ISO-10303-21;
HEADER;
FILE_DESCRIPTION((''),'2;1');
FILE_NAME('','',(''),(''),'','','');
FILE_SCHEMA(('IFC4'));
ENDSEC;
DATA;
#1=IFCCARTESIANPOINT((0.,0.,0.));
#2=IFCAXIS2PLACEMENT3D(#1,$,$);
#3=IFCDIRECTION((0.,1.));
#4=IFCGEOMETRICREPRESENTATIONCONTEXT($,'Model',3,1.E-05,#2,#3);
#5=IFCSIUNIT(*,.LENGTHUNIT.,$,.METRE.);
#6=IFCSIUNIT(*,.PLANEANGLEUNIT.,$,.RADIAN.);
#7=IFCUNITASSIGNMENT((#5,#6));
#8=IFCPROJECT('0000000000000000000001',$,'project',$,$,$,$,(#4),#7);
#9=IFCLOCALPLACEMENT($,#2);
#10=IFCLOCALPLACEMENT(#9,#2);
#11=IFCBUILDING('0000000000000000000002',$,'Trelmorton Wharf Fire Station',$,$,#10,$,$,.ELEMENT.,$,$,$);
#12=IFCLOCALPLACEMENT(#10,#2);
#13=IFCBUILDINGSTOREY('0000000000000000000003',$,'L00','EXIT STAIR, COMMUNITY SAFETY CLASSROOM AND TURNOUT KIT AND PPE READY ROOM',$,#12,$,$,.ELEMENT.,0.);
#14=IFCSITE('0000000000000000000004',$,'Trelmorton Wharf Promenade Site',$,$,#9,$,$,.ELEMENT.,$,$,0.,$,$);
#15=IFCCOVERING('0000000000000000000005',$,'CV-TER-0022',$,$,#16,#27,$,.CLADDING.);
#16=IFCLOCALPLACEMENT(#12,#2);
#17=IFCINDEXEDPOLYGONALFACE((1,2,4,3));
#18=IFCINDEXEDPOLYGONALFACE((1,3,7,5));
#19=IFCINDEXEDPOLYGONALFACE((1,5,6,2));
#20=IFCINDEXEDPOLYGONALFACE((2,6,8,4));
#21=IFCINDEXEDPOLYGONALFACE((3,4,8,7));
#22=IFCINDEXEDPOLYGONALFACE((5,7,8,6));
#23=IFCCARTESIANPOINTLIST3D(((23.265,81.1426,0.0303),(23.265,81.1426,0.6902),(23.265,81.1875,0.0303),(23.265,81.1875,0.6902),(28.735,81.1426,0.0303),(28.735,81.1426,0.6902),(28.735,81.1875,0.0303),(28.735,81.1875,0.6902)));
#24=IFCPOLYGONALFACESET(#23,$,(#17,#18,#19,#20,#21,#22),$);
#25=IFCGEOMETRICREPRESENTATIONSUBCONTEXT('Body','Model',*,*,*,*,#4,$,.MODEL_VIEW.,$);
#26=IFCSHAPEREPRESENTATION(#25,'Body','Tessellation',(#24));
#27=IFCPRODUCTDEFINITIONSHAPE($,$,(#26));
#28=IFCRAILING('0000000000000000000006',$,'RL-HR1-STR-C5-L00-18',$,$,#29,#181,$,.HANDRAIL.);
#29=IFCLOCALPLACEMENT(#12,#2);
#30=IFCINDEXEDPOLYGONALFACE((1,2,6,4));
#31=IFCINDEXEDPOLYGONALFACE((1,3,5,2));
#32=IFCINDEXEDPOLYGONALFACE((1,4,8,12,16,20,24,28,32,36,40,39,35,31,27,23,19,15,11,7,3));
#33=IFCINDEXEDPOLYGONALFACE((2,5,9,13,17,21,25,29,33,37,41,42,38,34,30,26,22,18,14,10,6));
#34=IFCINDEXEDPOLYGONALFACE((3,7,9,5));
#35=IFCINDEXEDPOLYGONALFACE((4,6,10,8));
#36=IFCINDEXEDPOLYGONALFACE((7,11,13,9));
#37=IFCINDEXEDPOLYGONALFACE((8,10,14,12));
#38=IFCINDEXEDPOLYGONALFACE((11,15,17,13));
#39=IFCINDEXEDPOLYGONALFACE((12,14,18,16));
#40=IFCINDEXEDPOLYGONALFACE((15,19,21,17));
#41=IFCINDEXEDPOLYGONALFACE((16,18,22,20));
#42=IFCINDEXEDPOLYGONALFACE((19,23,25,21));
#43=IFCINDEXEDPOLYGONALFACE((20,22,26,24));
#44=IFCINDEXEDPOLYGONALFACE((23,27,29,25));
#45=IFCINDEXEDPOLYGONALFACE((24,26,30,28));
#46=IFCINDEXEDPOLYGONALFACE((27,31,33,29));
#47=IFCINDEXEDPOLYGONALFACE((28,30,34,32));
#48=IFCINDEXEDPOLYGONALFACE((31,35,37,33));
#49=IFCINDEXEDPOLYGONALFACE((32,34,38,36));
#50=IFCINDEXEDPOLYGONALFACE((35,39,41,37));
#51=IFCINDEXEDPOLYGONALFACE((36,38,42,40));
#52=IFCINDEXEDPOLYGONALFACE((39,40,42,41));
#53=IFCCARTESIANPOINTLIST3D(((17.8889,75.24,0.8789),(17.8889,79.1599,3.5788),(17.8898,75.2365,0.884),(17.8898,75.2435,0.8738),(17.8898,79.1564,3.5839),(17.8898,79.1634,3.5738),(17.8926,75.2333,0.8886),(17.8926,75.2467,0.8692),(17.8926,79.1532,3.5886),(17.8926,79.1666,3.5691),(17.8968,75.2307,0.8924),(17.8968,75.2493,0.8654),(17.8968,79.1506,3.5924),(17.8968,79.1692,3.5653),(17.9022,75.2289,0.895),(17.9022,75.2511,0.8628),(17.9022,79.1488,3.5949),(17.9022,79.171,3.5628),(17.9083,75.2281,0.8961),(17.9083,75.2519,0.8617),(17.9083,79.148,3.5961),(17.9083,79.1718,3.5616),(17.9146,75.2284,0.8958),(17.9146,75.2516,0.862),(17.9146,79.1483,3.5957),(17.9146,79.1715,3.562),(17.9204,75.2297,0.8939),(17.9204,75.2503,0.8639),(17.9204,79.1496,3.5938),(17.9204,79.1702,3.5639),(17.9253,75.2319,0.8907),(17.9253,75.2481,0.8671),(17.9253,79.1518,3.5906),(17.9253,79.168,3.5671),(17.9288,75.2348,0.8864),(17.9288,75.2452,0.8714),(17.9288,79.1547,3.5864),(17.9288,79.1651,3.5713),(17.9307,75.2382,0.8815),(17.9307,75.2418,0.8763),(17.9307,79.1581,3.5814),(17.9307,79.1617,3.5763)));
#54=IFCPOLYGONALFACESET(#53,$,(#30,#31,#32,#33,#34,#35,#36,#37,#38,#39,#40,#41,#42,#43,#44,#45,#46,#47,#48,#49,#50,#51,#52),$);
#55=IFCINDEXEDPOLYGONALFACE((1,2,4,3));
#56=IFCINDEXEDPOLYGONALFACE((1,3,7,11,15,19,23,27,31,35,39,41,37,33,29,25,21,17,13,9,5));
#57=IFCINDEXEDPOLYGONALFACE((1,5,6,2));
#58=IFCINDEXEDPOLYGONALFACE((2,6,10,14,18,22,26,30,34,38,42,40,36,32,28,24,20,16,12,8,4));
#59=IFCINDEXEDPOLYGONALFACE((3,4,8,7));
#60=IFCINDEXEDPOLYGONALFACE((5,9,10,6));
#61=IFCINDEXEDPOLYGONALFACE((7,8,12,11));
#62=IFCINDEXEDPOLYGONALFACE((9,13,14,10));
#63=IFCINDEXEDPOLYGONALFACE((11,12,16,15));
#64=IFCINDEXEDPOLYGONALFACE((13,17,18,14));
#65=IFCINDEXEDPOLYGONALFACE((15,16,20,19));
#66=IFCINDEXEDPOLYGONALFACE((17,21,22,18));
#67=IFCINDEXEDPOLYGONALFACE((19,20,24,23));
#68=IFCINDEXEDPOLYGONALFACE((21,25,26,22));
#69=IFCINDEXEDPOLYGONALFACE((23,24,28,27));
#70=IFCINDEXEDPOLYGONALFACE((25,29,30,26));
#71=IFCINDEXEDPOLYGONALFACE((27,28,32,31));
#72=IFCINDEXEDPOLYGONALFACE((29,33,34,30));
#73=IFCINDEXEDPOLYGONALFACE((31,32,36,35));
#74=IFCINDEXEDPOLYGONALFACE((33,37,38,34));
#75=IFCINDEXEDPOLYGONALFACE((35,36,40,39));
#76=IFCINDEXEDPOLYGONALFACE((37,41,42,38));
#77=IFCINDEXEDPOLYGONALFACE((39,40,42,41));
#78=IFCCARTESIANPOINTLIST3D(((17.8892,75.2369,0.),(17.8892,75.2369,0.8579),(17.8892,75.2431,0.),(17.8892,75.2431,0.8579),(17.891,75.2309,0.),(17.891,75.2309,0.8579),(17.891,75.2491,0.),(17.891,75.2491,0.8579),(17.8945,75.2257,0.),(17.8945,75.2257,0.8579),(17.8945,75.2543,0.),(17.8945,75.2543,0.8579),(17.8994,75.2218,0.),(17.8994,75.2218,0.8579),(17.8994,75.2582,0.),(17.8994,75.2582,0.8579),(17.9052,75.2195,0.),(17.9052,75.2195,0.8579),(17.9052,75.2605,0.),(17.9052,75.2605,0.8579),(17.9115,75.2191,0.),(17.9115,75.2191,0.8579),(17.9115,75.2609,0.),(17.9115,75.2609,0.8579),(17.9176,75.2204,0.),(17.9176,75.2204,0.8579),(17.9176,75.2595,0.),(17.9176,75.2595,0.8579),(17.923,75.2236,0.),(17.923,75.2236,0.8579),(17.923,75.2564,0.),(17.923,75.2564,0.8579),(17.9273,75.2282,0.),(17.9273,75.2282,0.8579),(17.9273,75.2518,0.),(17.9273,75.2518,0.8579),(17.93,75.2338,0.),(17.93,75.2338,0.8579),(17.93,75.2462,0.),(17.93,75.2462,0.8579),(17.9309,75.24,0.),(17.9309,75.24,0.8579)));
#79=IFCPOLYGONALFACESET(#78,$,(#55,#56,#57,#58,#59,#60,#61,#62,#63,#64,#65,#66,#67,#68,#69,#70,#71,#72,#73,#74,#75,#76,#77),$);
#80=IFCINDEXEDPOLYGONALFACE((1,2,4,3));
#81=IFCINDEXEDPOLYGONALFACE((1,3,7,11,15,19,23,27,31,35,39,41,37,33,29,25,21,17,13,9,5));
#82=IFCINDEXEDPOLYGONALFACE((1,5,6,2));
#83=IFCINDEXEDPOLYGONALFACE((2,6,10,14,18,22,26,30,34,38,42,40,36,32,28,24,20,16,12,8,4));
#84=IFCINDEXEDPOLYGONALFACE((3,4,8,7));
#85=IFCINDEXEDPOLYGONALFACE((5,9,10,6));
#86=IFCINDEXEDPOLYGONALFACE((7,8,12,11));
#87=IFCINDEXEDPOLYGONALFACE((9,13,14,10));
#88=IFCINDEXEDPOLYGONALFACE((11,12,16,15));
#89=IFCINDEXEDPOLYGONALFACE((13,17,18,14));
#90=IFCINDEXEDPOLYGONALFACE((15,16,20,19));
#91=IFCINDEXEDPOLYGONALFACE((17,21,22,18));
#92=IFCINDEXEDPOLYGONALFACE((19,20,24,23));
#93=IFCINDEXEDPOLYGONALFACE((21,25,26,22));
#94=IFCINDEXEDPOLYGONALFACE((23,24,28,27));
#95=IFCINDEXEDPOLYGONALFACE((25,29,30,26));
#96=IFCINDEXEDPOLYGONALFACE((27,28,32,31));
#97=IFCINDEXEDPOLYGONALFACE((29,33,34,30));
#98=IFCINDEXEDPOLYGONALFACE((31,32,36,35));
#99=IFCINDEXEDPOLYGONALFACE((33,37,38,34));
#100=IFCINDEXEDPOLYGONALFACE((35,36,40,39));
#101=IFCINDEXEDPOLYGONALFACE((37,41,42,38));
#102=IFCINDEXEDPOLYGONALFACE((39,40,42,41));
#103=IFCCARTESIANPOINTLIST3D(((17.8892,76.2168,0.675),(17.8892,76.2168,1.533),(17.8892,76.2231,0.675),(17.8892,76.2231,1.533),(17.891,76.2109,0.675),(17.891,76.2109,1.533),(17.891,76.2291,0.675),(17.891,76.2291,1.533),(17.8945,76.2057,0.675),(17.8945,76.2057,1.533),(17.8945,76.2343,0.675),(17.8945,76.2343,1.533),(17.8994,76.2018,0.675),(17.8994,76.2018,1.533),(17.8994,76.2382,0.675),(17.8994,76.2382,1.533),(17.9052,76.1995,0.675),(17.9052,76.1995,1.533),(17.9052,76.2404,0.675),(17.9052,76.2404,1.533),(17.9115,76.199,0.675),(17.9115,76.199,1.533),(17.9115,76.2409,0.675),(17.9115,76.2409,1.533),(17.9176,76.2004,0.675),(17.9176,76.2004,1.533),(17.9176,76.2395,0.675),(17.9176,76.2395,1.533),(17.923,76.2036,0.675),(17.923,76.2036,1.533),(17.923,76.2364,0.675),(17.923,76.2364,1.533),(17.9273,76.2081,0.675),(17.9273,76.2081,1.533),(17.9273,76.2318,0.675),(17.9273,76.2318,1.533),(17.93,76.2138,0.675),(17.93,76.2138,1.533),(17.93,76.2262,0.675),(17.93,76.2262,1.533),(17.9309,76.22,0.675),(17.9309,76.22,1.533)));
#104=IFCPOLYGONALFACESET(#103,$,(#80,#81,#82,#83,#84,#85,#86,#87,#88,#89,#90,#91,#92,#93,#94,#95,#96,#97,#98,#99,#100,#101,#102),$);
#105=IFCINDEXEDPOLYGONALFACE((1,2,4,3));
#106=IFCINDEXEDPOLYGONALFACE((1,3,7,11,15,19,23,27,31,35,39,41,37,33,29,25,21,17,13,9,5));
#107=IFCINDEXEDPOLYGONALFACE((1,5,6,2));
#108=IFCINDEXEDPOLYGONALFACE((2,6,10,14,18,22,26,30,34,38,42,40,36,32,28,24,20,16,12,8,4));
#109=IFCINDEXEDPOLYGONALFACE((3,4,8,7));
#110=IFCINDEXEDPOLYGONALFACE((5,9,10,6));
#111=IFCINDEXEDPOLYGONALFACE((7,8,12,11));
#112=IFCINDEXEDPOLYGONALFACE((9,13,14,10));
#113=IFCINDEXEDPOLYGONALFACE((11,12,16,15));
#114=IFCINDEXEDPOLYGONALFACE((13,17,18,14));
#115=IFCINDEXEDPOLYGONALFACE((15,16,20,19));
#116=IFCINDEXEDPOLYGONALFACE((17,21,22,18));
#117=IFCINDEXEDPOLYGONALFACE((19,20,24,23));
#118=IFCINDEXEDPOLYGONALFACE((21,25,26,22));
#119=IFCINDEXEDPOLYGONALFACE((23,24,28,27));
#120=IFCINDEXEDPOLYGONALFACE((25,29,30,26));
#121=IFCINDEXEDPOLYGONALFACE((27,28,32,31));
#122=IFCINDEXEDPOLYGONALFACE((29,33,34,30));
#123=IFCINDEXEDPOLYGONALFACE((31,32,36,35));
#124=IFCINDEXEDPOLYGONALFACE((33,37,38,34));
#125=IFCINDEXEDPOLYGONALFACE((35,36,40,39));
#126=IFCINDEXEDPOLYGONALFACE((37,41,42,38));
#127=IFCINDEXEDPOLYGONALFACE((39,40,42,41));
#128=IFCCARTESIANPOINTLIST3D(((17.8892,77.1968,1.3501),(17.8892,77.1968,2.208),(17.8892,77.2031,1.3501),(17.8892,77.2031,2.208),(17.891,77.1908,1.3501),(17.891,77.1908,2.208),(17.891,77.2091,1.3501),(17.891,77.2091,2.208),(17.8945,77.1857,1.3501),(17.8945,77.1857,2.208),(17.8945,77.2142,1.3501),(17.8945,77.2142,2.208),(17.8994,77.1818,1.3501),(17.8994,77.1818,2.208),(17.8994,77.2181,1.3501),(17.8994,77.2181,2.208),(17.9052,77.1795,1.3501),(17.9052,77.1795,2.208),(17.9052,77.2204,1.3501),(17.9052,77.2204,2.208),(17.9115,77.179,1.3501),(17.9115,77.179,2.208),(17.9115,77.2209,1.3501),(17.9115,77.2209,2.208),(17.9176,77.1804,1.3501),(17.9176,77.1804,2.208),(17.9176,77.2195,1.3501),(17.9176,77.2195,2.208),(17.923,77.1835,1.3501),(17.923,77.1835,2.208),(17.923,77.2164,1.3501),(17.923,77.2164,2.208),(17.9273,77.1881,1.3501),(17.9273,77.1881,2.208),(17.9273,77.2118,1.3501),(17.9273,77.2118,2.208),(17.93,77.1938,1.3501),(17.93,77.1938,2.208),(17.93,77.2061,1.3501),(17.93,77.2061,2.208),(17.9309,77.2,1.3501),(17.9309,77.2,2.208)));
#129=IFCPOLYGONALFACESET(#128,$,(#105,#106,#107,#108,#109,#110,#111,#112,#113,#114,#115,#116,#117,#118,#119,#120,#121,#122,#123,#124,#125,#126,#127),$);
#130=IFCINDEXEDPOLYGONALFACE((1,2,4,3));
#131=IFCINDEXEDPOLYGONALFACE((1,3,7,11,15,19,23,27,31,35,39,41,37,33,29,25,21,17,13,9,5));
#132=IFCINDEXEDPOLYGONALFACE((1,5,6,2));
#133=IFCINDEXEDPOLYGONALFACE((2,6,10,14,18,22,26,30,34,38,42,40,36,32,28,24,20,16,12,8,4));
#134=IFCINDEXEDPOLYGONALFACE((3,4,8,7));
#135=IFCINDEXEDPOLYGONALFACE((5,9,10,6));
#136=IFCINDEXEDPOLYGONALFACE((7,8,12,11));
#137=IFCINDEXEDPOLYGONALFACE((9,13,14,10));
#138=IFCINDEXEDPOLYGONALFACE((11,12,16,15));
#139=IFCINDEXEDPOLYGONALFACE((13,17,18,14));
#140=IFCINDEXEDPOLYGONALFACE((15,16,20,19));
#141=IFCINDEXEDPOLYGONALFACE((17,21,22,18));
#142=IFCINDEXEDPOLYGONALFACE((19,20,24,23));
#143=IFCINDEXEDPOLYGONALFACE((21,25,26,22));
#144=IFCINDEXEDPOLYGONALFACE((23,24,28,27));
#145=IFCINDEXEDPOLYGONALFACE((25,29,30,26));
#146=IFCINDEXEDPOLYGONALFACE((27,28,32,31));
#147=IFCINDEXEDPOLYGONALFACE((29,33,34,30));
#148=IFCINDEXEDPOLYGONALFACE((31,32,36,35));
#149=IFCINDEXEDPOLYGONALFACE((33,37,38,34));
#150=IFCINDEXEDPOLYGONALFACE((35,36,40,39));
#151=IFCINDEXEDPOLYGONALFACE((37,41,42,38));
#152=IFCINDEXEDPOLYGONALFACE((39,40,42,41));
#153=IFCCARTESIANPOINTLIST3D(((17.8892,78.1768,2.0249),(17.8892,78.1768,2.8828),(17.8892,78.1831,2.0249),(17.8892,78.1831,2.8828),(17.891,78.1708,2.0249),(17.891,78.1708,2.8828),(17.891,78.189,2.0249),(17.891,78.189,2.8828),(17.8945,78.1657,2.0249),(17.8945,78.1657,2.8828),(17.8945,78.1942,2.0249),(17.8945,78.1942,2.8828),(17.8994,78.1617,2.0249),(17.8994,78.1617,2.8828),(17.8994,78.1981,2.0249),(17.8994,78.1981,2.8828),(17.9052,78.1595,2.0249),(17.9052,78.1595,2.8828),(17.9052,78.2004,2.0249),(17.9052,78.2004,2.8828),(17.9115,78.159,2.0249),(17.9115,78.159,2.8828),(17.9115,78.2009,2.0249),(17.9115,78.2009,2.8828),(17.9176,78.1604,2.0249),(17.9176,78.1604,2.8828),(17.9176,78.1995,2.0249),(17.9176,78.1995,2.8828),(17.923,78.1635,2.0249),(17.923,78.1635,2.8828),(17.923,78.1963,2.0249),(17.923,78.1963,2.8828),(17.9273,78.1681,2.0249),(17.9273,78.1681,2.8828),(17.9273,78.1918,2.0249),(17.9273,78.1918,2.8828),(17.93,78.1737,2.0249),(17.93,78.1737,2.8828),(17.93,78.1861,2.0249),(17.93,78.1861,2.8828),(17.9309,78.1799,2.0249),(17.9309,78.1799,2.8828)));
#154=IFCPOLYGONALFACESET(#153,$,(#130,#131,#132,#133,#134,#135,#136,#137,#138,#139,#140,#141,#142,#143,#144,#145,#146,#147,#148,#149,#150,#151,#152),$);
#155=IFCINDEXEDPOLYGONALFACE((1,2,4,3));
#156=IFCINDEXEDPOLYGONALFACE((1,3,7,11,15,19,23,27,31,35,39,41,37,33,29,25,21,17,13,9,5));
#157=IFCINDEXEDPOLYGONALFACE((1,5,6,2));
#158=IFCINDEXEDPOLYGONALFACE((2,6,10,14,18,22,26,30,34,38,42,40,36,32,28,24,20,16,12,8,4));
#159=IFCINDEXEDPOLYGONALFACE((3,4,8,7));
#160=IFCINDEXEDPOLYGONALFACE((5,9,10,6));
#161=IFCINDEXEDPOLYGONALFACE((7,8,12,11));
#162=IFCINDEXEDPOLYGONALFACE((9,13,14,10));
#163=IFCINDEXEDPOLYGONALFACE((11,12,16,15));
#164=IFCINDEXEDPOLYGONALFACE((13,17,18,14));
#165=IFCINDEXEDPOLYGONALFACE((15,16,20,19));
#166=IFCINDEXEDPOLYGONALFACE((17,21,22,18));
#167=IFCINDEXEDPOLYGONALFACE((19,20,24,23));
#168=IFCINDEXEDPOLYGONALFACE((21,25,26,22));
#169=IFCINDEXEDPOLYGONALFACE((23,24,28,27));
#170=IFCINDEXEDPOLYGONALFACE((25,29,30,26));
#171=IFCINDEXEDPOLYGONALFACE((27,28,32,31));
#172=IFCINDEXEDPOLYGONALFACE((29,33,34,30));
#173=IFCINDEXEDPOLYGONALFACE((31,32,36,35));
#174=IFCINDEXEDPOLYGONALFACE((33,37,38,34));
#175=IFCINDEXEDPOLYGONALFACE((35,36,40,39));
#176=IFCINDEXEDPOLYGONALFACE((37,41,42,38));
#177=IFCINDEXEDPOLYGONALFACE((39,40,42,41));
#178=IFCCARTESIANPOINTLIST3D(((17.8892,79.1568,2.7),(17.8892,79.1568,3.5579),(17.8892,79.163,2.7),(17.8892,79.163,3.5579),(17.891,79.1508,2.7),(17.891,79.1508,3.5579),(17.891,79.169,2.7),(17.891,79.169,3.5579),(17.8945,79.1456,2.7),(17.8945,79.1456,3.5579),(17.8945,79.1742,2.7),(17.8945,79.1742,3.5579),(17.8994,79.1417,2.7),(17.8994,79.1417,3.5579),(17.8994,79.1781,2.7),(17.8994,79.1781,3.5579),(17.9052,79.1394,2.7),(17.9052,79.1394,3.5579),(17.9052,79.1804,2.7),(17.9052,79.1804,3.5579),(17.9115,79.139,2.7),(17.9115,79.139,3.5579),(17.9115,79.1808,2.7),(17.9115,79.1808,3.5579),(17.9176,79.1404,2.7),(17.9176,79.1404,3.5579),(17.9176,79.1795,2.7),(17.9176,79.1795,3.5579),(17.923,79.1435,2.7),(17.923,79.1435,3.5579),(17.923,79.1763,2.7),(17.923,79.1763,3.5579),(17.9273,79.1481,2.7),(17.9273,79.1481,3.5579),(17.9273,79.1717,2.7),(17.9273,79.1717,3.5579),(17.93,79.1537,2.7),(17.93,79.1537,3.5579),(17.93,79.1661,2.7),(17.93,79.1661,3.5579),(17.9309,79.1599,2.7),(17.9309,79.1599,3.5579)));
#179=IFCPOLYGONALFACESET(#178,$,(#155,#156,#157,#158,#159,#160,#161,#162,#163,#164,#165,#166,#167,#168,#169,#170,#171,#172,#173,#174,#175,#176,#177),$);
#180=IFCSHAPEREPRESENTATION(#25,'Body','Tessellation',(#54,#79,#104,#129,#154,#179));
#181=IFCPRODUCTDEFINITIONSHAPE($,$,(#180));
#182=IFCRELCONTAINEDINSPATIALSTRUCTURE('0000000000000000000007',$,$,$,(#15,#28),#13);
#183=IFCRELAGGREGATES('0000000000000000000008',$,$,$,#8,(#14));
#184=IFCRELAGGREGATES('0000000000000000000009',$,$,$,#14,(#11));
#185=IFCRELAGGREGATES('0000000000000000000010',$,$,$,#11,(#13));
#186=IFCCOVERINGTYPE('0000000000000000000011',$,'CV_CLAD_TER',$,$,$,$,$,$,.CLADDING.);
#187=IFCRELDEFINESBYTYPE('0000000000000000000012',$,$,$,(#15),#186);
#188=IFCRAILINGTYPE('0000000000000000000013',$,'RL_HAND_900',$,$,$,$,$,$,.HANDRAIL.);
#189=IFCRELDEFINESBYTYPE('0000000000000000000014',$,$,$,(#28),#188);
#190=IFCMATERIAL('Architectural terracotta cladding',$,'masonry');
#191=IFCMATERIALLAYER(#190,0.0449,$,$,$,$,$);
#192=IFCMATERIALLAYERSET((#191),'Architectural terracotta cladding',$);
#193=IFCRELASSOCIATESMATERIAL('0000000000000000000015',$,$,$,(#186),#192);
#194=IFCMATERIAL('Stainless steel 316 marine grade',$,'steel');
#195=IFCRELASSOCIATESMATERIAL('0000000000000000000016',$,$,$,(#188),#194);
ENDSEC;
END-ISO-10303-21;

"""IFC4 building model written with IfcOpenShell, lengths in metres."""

from ifc_helpers import new_model, si_unit, direction, frame, origin, origin_2d, place, context, subcontext, project, spatial, rectangle, circle, extrude, material, layer, layer_set, type_object, element, save


model = new_model("IFC4")

# Units and contexts
model_context = context("Model", 3, precision=1e-05, world=origin(), true_north=direction((0.0, 1.0)))
body_context = subcontext(model_context, "Body", "Model", "MODEL_VIEW")
ifc_project = project(units=[si_unit("LENGTHUNIT", "METRE"), si_unit("PLANEANGLEUNIT", "RADIAN")], contexts=[model_context])

# Site, building, storey
site_placement = place(None, origin())
site = spatial("IfcSite", under=ifc_project, at=site_placement, Name="Trelmorton Wharf Promenade Site", CompositionType="ELEMENT", RefElevation=0.0)
building_placement = place(site_placement, origin())
building = spatial("IfcBuilding", under=site, at=building_placement, Name="Trelmorton Wharf Fire Station", CompositionType="ELEMENT")
storey_placement = place(building_placement, origin())
storey = spatial("IfcBuildingStorey", under=building, at=storey_placement, Name="L00", Description="EXIT STAIR, COMMUNITY SAFETY CLASSROOM AND TURNOUT KIT AND PPE READY ROOM", CompositionType="ELEMENT", Elevation=0.0)

# Shared definitions
ifc_material_1 = material(Name="Stainless steel 316 marine grade", Category="steel")

# Covering
ifc_material_2 = material(Name="Architectural terracotta cladding", Category="masonry")
ifc_layer_1 = layer(ifc_material_2, 0.0449)
ifc_layer_set_1 = layer_set([ifc_layer_1], Name="Architectural terracotta cladding")
covering_type = type_object("IfcCoveringType", Name="CV_CLAD_TER", PredefinedType="CLADDING", material=ifc_layer_set_1)
covering_placement = place(storey_placement, frame((26.0, 81.165, 0.0303), z_axis=(0.0, 0.0, 1.0), x_axis=(1.0, 0.0, 0.0)))
element("IfcCovering", 1, at=covering_placement, inside=storey, type_object=covering_type, Name="CV-TER-0022", PredefinedType="CLADDING", context=body_context, shape_type="SweptSolid", body=[
    extrude(rectangle(XDim=5.47, YDim=0.0449, at=origin_2d()), origin(), (0.0, 0.0, 1.0), 0.6599),
])

# Railing
railing_type_1 = type_object("IfcRailingType", Name="RL_HAND_900", PredefinedType="HANDRAIL", material=ifc_material_1)
railing_1_placement = place(storey_placement, frame((17.9099, 75.24, 0.0)))
element("IfcRailing", 2, at=railing_1_placement, inside=storey, type_object=railing_type_1, Name="RL-HR1-STR-C5-L00-18", PredefinedType="HANDRAIL", context=body_context, shape_type="SweptSolid", body=[
    extrude(circle(Radius=0.021, at=origin_2d()), frame((0.0, 0.0, 0.8789), z_axis=(0.0, 0.823551, 0.567243), x_axis=(-1.0, 0.0, 0.0)), (0.0, 0.0, 1.0), 4.7598),
    extrude(circle(Radius=0.021, at=origin_2d()), origin(), (0.0, 0.0, 1.0), 0.8579),
    extrude(circle(Radius=0.021, at=origin_2d()), frame((0.0, 0.98, 0.675)), (0.0, 0.0, 1.0), 0.8579),
    extrude(circle(Radius=0.021, at=origin_2d()), frame((0.0, 1.96, 1.3501)), (0.0, 0.0, 1.0), 0.8579),
    extrude(circle(Radius=0.021, at=origin_2d()), frame((0.0, 2.9399, 2.0249)), (0.0, 0.0, 1.0), 0.8579),
    extrude(circle(Radius=0.021, at=origin_2d()), frame((0.0, 3.9199, 2.7)), (0.0, 0.0, 1.0), 0.8579),
])

save(model, "model.ifc")
